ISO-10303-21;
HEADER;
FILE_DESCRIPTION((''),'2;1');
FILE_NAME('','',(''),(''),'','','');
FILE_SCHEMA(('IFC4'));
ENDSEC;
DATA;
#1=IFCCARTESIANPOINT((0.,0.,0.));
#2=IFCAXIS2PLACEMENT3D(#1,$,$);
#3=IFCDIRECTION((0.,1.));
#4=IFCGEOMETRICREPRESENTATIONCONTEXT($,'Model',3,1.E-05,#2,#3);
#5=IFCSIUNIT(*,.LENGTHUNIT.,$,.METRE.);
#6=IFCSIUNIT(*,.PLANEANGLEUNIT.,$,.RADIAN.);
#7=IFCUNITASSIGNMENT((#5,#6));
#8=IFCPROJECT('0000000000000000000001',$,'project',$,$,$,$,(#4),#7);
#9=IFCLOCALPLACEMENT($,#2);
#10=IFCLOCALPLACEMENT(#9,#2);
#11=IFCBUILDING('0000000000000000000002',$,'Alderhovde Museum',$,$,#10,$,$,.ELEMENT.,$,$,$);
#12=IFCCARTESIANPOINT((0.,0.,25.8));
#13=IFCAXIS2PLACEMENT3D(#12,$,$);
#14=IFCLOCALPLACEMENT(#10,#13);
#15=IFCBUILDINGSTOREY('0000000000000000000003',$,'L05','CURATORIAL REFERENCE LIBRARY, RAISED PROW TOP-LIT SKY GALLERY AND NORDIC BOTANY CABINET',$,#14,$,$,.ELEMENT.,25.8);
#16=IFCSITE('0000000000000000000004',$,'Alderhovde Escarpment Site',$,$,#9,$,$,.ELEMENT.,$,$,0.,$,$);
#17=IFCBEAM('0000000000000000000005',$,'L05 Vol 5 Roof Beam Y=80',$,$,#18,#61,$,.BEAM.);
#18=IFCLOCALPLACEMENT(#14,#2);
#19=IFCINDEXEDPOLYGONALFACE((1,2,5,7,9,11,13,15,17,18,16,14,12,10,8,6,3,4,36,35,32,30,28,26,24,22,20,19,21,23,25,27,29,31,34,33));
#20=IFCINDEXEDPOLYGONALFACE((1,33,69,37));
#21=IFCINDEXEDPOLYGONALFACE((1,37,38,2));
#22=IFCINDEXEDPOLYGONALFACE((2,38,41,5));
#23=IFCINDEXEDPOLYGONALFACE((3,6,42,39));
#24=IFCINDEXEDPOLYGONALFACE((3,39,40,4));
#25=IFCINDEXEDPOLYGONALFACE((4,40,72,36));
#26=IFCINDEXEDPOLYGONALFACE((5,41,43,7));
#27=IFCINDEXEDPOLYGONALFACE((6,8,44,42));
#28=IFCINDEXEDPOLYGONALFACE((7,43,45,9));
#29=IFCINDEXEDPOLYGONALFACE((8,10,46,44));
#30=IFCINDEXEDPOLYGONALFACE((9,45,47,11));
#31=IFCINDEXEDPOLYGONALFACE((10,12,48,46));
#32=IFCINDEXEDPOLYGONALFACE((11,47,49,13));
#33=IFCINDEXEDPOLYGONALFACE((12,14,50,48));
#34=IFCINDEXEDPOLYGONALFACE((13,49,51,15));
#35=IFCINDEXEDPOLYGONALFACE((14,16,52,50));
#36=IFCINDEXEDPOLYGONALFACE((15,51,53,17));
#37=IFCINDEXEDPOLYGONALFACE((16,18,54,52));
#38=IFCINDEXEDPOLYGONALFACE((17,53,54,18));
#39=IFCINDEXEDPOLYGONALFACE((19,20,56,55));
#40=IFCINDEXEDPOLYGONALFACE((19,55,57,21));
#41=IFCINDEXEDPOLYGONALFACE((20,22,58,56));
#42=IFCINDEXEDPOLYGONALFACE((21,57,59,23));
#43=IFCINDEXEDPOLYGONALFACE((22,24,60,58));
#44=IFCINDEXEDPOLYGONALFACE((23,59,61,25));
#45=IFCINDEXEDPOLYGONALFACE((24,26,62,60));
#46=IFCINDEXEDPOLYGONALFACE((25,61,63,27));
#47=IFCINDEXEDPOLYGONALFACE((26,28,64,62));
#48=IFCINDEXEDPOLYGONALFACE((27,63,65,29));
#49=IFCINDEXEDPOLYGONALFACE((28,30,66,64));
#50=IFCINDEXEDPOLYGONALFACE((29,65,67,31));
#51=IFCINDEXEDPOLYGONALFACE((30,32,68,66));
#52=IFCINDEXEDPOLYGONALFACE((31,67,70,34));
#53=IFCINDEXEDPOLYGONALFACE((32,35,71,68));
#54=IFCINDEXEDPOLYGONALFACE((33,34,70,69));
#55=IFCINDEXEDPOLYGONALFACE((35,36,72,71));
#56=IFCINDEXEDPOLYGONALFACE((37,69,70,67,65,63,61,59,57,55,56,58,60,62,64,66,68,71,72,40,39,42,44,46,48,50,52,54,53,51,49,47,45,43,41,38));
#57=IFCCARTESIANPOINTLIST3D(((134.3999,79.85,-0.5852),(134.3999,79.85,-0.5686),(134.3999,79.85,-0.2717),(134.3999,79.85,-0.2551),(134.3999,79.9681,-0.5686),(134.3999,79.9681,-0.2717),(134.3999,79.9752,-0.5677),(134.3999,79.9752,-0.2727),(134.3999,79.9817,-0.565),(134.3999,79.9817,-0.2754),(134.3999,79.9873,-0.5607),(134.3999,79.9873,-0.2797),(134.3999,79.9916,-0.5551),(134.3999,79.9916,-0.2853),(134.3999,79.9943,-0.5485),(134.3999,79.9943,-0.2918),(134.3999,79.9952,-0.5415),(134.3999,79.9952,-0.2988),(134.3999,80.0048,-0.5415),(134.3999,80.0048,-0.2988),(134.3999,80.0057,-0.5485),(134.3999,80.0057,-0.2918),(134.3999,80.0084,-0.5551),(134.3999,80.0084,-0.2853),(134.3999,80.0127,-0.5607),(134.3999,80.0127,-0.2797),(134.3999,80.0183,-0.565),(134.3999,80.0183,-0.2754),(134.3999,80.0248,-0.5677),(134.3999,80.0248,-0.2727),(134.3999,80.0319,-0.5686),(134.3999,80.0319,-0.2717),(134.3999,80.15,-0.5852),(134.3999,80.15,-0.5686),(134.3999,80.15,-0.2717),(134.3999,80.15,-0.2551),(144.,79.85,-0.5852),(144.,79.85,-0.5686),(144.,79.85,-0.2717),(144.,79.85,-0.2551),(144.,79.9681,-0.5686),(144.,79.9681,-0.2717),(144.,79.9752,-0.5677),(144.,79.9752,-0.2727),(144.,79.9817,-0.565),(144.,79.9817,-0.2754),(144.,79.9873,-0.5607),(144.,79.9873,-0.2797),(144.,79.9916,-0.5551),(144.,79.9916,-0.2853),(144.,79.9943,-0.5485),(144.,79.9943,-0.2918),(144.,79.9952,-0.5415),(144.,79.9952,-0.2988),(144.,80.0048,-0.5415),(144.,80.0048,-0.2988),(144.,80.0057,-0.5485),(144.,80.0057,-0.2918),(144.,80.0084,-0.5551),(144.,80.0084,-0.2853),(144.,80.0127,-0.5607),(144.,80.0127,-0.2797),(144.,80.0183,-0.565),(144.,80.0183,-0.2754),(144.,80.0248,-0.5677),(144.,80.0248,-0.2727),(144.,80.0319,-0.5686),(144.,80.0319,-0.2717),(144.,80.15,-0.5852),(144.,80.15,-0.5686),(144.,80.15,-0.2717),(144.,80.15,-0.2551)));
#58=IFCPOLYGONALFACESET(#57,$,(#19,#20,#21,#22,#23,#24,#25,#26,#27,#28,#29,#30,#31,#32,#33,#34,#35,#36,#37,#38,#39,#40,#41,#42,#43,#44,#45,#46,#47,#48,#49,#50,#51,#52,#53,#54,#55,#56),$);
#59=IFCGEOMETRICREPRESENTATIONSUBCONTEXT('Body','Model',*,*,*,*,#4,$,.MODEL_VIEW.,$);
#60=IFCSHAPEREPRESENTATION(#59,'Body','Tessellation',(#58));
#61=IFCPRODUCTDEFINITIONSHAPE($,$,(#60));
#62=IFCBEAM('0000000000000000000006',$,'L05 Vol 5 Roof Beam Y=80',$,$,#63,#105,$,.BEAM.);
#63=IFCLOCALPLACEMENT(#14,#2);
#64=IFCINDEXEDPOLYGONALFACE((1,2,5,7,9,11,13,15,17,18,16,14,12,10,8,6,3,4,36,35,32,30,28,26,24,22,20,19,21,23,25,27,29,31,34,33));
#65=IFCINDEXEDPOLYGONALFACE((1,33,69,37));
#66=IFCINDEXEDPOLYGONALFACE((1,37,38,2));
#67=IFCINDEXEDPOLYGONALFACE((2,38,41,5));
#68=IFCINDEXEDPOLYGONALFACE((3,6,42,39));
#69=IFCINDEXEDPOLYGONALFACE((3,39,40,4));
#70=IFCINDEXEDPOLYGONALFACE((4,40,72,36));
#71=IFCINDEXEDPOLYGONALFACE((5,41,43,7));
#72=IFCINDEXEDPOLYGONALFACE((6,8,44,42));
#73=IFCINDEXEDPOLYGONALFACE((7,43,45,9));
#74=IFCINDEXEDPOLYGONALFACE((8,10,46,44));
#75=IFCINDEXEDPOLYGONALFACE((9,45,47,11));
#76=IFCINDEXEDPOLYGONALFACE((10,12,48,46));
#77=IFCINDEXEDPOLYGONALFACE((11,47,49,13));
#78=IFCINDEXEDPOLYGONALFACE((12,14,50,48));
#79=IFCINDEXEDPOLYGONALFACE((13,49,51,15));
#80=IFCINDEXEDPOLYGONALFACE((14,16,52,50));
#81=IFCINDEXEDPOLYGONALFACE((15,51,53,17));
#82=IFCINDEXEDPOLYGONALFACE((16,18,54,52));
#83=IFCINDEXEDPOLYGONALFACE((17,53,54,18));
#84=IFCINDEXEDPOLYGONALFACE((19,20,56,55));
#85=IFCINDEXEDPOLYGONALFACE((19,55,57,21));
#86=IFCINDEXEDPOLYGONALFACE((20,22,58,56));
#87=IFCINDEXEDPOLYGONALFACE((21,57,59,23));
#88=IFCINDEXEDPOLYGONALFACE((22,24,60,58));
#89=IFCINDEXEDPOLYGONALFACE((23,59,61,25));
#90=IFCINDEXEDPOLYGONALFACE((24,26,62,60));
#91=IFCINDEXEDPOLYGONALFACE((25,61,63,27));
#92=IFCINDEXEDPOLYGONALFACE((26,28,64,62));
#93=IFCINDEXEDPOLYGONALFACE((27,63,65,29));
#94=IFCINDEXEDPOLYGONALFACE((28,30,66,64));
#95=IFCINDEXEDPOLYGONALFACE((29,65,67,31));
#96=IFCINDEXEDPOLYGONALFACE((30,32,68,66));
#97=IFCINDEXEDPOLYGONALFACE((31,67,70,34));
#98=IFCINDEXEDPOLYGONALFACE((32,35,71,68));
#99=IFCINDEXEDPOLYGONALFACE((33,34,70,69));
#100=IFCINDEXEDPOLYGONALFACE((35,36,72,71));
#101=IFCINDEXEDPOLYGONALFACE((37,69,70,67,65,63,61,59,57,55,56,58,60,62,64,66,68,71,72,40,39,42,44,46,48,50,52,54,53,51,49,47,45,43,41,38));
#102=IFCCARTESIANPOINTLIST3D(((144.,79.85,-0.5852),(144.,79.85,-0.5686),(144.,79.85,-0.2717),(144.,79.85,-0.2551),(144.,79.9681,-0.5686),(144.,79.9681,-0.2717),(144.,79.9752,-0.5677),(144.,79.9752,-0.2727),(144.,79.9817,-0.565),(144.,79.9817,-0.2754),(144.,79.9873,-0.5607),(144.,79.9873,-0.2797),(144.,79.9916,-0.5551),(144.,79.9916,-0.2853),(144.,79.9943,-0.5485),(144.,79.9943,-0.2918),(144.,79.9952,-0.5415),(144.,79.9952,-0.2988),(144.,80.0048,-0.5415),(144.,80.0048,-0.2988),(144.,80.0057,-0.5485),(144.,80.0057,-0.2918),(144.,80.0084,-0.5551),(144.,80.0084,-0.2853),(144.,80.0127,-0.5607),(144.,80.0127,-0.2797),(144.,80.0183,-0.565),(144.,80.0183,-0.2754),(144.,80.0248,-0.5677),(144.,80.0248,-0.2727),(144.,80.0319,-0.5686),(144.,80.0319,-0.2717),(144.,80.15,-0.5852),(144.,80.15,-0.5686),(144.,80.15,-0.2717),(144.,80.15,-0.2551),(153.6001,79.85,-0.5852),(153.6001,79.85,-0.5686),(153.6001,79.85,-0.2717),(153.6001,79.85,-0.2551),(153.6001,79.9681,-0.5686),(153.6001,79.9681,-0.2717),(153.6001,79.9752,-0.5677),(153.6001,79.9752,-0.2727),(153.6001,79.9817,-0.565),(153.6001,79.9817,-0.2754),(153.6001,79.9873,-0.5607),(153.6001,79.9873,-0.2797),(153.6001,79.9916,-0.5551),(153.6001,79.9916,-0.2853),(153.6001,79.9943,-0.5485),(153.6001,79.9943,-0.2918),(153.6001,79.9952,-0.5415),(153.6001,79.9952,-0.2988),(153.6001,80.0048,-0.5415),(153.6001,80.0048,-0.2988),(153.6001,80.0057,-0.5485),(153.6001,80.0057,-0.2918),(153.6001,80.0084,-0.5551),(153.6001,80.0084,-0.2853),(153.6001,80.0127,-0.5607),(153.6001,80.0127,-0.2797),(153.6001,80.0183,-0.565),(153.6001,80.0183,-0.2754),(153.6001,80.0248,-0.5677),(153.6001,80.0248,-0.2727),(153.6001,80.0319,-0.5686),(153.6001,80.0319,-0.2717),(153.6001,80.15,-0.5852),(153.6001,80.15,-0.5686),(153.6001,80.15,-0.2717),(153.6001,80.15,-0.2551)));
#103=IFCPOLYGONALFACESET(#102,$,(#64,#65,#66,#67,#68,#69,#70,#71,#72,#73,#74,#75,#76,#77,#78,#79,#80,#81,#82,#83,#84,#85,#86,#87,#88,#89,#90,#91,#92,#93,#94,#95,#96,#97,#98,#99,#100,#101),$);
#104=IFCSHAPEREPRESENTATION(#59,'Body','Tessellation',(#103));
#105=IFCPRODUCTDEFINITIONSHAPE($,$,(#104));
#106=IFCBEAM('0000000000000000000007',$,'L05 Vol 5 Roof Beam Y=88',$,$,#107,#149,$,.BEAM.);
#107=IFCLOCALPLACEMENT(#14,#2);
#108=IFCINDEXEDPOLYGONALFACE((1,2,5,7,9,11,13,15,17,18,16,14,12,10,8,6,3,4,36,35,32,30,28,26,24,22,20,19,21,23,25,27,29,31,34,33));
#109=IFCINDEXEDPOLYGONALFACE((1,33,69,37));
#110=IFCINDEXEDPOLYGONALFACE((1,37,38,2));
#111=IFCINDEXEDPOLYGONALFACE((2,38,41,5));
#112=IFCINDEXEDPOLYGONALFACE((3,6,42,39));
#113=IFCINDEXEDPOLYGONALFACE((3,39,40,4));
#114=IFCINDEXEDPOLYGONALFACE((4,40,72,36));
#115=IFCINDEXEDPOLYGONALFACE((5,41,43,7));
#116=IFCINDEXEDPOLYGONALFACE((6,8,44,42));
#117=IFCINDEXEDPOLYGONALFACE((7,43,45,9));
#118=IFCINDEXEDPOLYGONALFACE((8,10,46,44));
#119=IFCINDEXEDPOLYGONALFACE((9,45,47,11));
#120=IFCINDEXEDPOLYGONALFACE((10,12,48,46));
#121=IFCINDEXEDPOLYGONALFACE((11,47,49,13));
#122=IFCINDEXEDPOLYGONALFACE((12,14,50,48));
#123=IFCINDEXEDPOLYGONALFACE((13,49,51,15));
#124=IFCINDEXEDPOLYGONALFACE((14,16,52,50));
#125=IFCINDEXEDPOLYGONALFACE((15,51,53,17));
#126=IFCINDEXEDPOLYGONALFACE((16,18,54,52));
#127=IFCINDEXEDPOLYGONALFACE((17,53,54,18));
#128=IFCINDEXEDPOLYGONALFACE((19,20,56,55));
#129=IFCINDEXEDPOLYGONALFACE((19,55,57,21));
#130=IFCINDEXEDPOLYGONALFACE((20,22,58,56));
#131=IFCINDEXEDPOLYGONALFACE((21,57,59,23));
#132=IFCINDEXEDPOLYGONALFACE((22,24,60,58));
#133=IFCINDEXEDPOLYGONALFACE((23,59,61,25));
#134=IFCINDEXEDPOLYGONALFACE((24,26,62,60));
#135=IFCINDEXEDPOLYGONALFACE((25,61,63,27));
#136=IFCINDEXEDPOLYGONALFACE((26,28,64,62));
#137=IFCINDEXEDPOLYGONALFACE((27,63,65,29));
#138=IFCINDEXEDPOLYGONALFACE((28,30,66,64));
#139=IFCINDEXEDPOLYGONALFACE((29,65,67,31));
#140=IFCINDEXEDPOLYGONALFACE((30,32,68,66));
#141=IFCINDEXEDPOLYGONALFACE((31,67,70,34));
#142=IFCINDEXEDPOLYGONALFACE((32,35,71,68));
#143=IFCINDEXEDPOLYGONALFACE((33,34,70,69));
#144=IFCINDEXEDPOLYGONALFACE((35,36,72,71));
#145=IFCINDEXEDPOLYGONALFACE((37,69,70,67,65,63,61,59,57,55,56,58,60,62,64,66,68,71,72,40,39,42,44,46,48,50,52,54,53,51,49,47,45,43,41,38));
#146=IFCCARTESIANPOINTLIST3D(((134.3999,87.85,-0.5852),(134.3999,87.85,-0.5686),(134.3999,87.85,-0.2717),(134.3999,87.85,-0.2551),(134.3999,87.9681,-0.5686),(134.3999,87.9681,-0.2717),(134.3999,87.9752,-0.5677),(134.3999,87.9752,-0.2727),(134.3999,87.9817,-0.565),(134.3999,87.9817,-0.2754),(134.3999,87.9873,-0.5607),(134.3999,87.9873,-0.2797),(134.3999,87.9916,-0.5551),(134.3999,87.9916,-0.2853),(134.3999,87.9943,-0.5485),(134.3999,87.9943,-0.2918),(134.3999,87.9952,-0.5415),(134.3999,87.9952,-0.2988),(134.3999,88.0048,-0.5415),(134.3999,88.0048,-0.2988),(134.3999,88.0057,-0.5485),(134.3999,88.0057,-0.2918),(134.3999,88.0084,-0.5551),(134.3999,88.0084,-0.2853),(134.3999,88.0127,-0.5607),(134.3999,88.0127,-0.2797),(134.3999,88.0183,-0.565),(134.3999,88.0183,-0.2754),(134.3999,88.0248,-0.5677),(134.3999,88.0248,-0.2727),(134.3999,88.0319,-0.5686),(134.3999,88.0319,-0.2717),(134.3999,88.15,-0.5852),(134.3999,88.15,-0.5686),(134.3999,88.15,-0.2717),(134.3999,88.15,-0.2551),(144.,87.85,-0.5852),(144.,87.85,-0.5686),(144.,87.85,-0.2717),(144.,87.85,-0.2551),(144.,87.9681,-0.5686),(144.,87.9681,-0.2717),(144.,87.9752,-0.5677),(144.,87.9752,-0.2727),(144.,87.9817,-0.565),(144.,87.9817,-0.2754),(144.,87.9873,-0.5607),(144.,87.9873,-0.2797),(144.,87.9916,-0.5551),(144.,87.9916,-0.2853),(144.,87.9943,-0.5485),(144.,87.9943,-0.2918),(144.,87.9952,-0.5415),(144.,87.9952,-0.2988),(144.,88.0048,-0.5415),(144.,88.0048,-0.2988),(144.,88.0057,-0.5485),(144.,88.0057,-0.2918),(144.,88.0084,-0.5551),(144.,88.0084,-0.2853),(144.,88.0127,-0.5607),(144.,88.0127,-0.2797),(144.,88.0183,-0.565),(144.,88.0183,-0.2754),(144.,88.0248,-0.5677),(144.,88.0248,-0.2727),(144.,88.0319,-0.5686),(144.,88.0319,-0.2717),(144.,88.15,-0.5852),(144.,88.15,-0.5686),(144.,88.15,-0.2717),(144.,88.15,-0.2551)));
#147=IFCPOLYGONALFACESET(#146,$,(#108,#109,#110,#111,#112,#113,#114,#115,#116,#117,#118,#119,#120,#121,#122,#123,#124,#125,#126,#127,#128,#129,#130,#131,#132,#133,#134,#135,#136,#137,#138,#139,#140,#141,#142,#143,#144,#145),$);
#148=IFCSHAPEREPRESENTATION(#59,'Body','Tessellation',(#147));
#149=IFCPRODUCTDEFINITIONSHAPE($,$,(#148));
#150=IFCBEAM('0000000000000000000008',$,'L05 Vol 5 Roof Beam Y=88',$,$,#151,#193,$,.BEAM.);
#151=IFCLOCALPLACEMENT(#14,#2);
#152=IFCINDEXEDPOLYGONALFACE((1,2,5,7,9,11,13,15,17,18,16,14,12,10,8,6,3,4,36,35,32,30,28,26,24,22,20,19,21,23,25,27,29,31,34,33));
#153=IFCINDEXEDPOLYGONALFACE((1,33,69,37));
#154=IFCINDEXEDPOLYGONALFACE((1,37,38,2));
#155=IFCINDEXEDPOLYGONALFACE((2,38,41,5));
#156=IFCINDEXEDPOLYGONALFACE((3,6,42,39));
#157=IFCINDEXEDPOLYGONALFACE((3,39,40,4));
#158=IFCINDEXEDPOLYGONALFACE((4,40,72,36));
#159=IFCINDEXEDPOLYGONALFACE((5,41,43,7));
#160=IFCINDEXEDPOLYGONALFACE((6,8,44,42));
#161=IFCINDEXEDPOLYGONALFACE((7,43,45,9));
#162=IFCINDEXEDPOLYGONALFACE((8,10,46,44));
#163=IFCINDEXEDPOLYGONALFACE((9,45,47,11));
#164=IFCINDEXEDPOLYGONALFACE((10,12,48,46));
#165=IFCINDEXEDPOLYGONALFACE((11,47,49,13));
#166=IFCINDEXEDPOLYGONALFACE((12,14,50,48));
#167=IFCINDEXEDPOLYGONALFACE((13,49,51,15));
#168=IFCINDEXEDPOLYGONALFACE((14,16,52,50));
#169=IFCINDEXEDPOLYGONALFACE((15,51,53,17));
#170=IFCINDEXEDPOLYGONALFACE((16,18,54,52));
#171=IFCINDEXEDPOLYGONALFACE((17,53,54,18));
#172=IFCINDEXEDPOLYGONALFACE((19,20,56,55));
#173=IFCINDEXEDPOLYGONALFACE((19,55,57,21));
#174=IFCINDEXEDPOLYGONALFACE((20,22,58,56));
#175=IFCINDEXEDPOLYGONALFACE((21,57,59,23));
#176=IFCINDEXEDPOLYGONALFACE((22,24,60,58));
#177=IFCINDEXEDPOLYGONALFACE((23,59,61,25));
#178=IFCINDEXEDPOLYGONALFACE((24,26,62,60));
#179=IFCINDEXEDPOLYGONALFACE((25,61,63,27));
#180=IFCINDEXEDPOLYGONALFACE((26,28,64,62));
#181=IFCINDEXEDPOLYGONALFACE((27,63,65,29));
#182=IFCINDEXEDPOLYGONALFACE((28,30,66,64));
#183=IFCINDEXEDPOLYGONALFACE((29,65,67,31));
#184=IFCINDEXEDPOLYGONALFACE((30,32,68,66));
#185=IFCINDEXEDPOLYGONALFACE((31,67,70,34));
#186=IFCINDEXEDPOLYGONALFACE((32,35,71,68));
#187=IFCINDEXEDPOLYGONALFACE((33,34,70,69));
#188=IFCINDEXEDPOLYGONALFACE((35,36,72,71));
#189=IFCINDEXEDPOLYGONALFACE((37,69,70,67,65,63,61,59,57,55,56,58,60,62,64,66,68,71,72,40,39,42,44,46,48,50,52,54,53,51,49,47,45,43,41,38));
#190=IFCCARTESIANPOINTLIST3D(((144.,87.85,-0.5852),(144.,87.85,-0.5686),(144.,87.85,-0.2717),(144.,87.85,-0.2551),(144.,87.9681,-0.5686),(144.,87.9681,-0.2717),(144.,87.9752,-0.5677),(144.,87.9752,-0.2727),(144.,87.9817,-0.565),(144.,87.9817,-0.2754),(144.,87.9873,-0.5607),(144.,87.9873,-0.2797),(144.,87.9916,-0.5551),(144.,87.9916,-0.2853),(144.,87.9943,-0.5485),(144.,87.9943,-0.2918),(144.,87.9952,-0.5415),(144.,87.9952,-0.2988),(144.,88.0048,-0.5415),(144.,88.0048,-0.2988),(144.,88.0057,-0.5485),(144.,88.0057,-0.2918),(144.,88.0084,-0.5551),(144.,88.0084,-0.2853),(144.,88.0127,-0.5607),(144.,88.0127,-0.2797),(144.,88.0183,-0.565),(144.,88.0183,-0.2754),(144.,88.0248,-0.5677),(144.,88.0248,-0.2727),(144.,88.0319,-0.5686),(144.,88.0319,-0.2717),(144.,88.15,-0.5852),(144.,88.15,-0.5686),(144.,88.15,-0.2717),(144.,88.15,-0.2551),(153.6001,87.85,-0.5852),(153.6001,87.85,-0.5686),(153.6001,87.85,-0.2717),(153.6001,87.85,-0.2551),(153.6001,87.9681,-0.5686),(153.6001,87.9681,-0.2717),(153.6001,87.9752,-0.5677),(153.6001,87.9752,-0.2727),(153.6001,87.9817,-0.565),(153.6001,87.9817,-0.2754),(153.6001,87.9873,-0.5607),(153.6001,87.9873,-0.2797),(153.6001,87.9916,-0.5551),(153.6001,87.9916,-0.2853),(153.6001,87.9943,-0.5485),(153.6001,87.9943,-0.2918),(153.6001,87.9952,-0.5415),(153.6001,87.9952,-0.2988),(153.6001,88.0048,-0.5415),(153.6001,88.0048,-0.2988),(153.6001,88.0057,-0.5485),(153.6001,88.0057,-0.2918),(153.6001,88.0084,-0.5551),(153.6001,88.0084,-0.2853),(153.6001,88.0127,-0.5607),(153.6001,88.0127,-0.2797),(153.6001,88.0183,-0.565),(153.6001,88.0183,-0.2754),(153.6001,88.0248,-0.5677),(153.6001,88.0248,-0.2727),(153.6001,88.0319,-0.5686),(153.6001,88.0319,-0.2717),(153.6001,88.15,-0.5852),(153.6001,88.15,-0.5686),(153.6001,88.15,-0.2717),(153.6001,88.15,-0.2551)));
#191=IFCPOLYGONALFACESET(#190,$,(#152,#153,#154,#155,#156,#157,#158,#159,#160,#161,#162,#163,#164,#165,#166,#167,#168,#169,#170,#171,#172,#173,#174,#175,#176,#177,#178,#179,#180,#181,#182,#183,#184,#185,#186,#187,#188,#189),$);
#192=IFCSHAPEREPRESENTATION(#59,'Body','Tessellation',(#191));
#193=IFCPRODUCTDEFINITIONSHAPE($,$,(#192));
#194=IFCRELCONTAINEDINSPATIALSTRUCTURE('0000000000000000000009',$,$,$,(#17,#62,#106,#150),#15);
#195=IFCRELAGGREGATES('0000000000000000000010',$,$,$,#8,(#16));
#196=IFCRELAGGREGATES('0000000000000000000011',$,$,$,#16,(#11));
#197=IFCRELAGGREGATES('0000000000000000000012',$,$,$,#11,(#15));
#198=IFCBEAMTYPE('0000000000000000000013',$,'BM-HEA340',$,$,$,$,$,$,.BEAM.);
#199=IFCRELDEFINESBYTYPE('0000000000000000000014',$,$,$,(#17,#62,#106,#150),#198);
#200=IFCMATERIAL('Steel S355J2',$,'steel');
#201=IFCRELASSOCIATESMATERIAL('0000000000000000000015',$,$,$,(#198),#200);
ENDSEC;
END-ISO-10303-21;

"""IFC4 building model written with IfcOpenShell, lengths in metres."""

from ifc_helpers import new_model, si_unit, direction, frame, origin, origin_2d, place, context, subcontext, project, spatial, i_section, extrude, material, material_profile, profile_set, type_object, element, save


model = new_model("IFC4")

# Units and contexts
model_context = context("Model", 3, precision=1e-05, world=origin(), true_north=direction((0.0, 1.0)))
body_context = subcontext(model_context, "Body", "Model", "MODEL_VIEW")
ifc_project = project(units=[si_unit("LENGTHUNIT", "METRE"), si_unit("PLANEANGLEUNIT", "RADIAN")], contexts=[model_context])

# Site, building, storey
site_placement = place(None, origin())
site = spatial("IfcSite", under=ifc_project, at=site_placement, Name="Alderhovde Escarpment Site", CompositionType="ELEMENT", RefElevation=0.0)
building_placement = place(site_placement, origin())
building = spatial("IfcBuilding", under=site, at=building_placement, Name="Alderhovde Museum", CompositionType="ELEMENT")
storey_placement = place(building_placement, frame((0.0, 0.0, 25.8)))
storey = spatial("IfcBuildingStorey", under=building, at=storey_placement, Name="L05", Description="CURATORIAL REFERENCE LIBRARY, RAISED PROW TOP-LIT SKY GALLERY AND NORDIC BOTANY CABINET", CompositionType="ELEMENT", Elevation=25.8)

# Beams
ifc_material_1 = material(Name="Steel S355J2", Category="steel")
ifc_material_profile_1 = material_profile(ifc_material_1, i_section(OverallWidth=0.3, OverallDepth=0.3301, WebThickness=0.0095, FlangeThickness=0.0166, FilletRadius=0.0271, at=origin_2d()), Name="HEA 340")
ifc_profile_set_1 = profile_set([ifc_material_profile_1], Name="Steel S355J2")
beam_type_1 = type_object("IfcBeamType", Name="BM-HEA340", PredefinedType="BEAM", material=ifc_profile_set_1)
for number, where, z_axis, x_axis, name in (
    (1, (134.3999, 80.0, -0.4202), (1.0, 0.0, 0.0), (0.0, 1.0, 0.0), "L05 Vol 5 Roof Beam Y=80"),
    (2, (144.0, 80.0, -0.4202), (1.0, 0.0, 0.0), (0.0, 1.0, 0.0), "L05 Vol 5 Roof Beam Y=80"),
    (3, (134.3999, 88.0, -0.4202), (1.0, 0.0, 0.0), (0.0, 1.0, 0.0), "L05 Vol 5 Roof Beam Y=88"),
    (4, (144.0, 88.0, -0.4202), (1.0, 0.0, 0.0), (0.0, 1.0, 0.0), "L05 Vol 5 Roof Beam Y=88"),
):
    element("IfcBeam", number, at=place(storey_placement, frame(where, z_axis=z_axis, x_axis=x_axis)), inside=storey, type_object=beam_type_1, Name=name, PredefinedType="BEAM", context=body_context, shape_type="SweptSolid", body=[
        extrude(i_section(OverallWidth=0.3, OverallDepth=0.3301, WebThickness=0.0095, FlangeThickness=0.0166, FilletRadius=0.0271, at=origin_2d()), origin(), (0.0, 0.0, 1.0), 9.6001),
    ])

save(model, "model.ifc")
